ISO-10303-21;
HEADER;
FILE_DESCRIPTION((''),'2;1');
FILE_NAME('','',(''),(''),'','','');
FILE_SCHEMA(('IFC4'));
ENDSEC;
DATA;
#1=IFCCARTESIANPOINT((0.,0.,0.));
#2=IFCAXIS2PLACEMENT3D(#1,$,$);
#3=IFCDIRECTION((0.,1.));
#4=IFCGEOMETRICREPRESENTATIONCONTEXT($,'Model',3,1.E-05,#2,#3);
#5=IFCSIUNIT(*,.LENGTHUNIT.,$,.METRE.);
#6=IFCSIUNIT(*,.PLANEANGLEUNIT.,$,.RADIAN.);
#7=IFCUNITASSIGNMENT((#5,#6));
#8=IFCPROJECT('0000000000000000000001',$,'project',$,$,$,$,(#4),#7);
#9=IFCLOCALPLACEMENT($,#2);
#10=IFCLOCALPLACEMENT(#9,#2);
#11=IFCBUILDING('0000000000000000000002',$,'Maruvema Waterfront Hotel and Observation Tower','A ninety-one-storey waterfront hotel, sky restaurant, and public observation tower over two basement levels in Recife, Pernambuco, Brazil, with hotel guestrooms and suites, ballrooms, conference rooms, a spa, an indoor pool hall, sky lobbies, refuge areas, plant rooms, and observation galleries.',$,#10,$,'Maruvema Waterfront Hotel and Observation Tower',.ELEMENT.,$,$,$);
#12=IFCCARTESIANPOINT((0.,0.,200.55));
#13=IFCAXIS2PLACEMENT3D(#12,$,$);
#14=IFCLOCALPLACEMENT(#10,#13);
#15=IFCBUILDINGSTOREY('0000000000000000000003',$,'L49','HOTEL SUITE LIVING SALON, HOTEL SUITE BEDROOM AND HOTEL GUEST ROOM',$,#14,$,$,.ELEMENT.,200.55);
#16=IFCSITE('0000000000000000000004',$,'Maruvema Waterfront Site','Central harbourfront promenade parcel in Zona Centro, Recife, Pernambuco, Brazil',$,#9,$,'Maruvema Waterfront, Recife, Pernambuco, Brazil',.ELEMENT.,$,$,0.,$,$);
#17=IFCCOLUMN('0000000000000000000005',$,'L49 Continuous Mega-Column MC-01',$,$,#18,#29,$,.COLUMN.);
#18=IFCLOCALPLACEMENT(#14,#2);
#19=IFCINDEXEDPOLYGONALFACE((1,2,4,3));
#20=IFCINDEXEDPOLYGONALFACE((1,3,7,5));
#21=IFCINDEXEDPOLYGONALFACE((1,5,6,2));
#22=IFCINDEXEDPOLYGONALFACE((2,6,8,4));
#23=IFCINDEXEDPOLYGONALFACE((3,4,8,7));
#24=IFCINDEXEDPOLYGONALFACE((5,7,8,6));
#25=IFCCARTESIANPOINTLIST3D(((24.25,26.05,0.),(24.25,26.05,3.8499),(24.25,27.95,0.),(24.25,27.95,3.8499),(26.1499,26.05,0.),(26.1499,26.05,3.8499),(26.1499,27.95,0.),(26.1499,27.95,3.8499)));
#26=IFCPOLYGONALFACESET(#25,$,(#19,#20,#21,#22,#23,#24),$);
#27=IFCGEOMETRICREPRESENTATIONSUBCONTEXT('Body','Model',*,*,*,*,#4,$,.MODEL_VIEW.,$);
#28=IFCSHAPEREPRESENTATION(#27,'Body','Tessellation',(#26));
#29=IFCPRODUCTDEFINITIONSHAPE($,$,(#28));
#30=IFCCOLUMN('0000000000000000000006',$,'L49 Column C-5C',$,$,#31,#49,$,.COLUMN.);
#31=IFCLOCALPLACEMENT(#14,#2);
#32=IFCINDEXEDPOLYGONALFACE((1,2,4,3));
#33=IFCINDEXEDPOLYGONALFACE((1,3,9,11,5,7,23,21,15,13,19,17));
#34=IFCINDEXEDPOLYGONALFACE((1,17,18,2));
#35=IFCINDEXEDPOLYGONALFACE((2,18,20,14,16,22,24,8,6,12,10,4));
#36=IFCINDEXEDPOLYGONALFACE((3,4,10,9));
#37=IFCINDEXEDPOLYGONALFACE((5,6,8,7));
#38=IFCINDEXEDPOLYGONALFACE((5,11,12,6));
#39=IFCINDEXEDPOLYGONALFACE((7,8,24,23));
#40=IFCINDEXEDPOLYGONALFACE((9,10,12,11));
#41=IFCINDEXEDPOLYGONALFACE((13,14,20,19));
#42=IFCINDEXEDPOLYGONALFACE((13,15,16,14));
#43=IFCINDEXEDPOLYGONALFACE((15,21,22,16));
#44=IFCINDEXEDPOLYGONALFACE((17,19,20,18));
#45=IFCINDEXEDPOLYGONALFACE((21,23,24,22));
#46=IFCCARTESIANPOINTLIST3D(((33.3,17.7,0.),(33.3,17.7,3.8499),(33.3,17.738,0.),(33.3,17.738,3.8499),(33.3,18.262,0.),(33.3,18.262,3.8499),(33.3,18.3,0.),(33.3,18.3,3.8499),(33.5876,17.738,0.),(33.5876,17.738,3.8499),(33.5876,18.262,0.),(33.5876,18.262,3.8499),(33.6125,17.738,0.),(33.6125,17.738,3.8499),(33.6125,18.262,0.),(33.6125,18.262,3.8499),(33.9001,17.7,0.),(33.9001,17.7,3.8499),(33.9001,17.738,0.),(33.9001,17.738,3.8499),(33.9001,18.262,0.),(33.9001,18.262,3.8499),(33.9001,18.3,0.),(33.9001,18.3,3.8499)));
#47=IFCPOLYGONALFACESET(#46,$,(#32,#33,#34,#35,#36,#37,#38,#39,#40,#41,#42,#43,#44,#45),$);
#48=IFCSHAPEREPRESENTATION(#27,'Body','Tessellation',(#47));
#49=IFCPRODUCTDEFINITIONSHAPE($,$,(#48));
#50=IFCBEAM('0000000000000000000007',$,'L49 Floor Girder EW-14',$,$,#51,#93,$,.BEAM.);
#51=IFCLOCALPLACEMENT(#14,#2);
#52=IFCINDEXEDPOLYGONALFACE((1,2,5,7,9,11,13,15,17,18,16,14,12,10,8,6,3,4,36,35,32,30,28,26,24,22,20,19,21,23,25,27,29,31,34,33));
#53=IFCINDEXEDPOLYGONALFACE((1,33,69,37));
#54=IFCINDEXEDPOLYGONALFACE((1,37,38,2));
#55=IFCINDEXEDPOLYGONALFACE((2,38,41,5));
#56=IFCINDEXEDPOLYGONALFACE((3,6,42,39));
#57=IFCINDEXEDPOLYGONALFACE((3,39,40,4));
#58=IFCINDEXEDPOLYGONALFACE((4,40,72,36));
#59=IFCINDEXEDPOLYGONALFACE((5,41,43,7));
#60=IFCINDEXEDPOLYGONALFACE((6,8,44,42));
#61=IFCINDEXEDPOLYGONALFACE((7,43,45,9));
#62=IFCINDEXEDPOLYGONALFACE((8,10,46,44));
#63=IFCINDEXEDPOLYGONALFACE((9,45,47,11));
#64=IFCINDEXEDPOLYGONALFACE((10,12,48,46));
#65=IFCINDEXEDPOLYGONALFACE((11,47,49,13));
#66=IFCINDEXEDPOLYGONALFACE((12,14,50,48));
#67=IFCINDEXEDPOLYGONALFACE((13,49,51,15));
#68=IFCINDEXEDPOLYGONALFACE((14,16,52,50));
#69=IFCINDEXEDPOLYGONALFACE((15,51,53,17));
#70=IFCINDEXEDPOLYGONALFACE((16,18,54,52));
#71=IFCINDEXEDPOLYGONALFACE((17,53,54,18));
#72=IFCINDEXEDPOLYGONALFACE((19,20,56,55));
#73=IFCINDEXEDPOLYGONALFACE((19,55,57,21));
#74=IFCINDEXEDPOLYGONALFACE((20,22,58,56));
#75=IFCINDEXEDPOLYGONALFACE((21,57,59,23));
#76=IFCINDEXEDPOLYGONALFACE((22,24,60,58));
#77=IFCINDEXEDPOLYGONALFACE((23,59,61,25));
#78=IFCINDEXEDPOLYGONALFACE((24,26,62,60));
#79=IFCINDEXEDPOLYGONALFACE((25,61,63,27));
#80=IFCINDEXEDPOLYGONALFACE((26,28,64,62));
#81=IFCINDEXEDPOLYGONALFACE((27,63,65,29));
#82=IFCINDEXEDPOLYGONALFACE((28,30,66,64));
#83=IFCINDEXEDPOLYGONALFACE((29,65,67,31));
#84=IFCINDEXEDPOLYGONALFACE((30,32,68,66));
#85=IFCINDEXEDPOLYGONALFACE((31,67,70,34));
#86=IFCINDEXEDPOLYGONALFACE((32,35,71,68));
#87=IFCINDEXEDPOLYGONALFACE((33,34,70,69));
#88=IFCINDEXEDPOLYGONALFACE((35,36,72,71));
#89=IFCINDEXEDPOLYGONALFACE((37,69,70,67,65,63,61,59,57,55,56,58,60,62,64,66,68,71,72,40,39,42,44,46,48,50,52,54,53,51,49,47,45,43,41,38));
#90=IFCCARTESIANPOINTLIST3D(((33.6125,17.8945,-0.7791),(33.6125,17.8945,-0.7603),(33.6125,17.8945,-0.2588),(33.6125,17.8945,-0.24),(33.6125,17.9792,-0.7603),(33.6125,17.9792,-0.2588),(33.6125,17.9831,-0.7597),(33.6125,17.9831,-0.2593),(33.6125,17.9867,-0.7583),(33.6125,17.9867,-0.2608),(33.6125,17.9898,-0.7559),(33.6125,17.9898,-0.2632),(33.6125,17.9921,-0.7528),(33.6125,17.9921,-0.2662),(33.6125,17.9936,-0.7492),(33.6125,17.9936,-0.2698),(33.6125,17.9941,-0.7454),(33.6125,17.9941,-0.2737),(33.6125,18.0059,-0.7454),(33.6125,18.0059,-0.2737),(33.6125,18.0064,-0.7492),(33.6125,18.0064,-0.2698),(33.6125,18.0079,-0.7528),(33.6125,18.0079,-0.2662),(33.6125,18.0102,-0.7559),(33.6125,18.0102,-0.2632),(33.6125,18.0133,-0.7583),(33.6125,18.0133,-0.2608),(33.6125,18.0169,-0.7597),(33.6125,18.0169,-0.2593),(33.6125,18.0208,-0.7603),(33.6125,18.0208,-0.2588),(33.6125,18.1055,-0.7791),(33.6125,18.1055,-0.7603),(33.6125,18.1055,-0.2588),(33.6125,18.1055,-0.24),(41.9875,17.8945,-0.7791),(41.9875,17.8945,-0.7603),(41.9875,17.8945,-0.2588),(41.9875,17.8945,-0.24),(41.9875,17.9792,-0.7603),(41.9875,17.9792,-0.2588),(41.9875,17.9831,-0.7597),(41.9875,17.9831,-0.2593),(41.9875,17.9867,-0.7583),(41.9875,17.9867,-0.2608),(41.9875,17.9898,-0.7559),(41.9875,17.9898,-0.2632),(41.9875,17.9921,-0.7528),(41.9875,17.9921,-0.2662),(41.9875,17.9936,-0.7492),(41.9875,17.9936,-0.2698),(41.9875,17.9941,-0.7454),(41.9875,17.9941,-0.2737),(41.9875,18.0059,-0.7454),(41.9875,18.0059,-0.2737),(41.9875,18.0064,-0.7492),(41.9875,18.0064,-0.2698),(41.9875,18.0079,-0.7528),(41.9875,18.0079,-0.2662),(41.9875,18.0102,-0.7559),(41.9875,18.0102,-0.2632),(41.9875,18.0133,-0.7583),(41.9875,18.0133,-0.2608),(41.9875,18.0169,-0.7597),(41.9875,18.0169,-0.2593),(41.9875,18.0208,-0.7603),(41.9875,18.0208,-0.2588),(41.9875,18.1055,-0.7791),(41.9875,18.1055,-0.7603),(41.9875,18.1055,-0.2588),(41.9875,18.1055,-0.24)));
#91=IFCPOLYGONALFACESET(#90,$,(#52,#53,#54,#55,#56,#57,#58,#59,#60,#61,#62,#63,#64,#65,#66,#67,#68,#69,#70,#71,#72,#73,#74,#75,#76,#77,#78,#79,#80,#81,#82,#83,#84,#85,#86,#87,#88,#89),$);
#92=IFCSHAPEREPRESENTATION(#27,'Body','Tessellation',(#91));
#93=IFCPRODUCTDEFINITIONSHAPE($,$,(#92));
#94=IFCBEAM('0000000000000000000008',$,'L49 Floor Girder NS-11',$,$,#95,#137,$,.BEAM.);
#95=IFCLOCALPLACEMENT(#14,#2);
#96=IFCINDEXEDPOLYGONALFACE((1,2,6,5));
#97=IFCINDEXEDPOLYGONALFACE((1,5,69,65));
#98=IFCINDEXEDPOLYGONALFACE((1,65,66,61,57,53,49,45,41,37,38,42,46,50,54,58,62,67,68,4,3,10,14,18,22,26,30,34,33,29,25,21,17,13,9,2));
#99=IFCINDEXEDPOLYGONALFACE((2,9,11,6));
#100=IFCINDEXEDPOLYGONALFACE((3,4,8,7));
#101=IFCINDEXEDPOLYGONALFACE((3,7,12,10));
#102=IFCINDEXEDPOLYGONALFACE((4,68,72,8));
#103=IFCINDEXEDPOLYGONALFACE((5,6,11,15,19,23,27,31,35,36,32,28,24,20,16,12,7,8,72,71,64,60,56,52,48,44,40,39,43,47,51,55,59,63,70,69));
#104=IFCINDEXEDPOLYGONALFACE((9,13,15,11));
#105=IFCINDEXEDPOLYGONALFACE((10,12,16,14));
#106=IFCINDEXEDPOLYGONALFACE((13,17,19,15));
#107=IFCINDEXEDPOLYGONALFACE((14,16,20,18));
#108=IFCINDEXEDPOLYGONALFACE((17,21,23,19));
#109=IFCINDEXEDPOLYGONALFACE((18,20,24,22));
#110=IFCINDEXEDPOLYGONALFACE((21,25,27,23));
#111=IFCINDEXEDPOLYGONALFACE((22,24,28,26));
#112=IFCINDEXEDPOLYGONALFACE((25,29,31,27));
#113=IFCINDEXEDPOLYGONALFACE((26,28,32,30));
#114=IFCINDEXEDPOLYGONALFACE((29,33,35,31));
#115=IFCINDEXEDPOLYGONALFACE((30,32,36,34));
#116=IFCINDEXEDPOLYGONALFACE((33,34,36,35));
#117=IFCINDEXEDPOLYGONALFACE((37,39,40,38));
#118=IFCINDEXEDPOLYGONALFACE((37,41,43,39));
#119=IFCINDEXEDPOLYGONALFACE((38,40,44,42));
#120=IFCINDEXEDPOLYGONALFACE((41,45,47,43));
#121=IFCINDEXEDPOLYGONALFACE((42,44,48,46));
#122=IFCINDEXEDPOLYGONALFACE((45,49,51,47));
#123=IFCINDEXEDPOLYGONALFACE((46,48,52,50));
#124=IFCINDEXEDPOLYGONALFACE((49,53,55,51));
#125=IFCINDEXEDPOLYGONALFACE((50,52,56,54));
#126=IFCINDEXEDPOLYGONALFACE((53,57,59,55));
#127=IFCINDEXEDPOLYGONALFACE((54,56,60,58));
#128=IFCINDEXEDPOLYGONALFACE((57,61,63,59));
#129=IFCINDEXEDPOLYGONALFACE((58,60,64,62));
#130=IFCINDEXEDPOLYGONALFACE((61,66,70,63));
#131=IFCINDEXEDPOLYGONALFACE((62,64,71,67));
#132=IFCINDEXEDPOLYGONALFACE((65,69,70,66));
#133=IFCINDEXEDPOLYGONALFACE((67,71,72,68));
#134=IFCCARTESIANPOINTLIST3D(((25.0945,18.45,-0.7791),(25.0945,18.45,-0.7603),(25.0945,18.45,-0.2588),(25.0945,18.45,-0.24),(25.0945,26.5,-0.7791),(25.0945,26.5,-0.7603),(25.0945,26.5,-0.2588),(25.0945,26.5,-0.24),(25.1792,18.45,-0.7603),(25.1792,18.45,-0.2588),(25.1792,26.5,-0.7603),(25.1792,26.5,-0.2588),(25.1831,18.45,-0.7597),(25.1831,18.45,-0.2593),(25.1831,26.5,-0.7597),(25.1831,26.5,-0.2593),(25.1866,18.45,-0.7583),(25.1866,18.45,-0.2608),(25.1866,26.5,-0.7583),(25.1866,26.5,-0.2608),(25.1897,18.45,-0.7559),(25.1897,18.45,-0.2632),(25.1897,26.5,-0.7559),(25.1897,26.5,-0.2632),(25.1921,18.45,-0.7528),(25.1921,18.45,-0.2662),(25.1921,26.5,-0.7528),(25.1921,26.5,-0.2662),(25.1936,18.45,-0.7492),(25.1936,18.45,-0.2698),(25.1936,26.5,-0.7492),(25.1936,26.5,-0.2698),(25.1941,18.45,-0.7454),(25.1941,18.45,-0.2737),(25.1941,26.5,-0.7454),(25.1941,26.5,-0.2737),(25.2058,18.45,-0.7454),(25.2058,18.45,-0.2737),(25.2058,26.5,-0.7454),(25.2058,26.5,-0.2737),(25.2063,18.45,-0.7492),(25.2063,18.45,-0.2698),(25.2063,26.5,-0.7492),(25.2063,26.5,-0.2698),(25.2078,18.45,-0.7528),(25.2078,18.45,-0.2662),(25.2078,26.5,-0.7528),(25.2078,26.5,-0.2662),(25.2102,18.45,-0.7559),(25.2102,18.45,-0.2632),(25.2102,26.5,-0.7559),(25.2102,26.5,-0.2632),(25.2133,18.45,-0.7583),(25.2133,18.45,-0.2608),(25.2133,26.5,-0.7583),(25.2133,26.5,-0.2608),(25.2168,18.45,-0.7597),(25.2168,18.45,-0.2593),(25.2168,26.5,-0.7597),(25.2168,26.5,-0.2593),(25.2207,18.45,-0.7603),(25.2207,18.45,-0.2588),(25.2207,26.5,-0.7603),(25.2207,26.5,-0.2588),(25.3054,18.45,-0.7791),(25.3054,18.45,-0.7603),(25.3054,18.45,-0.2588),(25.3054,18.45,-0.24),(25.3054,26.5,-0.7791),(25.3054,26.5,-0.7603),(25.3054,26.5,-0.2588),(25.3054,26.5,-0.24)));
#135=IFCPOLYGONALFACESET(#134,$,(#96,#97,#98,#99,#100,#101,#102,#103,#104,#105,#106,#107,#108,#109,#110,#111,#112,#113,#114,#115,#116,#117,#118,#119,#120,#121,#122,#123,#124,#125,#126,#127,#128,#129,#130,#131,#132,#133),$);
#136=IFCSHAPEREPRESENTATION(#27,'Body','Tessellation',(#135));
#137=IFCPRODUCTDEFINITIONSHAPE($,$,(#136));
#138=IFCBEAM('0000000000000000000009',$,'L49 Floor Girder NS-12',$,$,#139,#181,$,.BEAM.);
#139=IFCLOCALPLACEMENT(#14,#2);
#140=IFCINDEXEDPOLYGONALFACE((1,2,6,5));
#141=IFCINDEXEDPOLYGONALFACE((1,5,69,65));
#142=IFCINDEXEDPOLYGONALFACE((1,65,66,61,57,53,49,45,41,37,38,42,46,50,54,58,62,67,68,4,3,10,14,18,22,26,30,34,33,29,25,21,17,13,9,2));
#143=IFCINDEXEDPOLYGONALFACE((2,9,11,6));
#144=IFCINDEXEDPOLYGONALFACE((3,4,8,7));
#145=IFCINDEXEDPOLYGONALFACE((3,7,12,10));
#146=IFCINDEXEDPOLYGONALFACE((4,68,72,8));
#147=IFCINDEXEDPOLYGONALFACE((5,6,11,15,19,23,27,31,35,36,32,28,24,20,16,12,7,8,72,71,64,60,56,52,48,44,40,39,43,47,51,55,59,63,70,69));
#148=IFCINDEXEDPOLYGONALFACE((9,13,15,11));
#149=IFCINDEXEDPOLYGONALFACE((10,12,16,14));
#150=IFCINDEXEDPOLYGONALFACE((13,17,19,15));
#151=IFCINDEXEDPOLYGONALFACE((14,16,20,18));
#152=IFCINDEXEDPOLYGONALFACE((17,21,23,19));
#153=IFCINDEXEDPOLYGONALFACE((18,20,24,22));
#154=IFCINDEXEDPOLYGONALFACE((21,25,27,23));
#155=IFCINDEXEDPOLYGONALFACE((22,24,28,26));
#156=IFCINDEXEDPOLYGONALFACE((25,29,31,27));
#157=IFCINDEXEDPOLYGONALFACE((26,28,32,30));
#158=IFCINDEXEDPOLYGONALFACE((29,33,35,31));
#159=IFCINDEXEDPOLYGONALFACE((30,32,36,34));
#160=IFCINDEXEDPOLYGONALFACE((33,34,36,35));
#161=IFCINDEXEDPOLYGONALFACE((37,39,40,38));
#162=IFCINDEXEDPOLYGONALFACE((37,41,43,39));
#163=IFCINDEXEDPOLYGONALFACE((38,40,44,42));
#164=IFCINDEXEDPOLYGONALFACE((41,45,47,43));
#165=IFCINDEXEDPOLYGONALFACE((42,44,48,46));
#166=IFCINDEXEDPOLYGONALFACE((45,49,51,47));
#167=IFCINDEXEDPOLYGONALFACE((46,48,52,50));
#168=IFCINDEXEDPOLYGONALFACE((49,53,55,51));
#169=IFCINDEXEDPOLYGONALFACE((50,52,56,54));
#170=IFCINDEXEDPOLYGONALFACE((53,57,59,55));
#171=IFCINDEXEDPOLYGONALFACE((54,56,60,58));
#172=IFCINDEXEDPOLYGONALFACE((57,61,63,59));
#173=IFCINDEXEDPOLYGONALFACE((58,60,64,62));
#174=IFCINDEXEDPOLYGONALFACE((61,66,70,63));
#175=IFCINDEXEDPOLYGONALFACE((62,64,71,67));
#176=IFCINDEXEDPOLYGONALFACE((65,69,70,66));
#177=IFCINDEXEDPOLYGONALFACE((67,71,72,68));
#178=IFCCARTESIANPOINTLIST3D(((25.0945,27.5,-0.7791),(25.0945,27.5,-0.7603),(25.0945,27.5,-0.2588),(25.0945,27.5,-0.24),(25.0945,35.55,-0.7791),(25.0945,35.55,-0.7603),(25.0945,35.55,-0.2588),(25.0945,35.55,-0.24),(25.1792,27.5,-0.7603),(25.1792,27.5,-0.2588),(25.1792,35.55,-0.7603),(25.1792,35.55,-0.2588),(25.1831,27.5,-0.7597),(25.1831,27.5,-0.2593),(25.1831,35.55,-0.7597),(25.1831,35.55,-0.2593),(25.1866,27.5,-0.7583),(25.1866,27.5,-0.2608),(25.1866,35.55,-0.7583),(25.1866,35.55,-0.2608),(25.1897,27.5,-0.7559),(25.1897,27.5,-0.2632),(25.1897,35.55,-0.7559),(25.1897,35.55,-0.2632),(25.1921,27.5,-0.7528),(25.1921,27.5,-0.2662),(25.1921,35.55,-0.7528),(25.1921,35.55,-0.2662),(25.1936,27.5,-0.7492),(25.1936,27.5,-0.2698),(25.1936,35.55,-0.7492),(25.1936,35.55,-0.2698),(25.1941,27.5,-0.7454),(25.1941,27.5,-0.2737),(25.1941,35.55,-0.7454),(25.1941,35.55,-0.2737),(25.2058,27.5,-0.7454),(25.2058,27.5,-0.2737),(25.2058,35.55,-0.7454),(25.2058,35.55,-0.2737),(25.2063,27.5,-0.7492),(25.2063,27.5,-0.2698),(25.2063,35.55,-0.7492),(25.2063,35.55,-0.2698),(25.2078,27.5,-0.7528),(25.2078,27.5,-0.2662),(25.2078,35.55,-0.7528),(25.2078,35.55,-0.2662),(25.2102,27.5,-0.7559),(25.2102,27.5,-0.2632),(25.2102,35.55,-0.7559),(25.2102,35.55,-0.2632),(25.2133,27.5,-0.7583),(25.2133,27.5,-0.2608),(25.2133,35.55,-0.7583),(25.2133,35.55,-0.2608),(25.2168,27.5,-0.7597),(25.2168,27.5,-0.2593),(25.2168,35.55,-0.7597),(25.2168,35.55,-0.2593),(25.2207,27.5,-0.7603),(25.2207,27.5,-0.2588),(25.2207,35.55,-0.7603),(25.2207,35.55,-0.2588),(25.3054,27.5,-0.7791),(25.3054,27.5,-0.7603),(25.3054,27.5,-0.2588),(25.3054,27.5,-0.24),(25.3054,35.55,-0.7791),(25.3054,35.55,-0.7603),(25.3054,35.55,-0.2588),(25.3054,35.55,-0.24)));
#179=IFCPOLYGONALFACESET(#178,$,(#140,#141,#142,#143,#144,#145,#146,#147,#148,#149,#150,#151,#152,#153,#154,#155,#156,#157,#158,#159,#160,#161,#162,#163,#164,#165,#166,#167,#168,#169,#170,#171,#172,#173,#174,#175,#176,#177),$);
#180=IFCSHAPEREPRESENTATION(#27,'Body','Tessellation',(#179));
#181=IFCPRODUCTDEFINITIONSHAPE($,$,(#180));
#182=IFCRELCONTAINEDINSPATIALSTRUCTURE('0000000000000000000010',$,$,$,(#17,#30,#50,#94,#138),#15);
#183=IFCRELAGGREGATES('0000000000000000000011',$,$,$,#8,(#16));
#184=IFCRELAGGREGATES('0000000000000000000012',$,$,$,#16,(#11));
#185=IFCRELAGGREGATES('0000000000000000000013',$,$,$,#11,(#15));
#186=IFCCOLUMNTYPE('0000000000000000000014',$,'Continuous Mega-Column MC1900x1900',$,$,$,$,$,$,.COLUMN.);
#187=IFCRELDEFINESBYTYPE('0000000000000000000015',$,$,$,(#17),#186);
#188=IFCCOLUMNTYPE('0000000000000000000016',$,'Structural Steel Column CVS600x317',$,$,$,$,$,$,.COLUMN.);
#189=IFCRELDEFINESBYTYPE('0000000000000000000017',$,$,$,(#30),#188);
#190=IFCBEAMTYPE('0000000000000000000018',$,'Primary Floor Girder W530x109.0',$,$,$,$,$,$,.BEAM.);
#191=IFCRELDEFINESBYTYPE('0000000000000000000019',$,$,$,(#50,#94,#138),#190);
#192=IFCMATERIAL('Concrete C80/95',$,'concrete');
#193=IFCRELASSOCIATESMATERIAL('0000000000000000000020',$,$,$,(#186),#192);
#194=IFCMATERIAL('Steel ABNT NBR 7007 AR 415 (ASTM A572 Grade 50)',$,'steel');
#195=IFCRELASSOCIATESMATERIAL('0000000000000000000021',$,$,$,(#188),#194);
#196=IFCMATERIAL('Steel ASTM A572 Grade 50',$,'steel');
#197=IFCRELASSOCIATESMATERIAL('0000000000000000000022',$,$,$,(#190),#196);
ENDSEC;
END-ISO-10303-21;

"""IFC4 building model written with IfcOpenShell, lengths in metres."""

from ifc_helpers import new_model, si_unit, direction, frame, origin, origin_2d, place, context, subcontext, project, spatial, rectangle, i_section, extrude, material, material_profile, profile_set, type_object, element, save


model = new_model("IFC4")

# Units and contexts
model_context = context("Model", 3, precision=1e-05, world=origin(), true_north=direction((0.0, 1.0)))
body_context = subcontext(model_context, "Body", "Model", "MODEL_VIEW")
ifc_project = project(units=[si_unit("LENGTHUNIT", "METRE"), si_unit("PLANEANGLEUNIT", "RADIAN")], contexts=[model_context])

# Site, building, storey
site_placement = place(None, origin())
site = spatial("IfcSite", under=ifc_project, at=site_placement, Name="Maruvema Waterfront Site", Description="Central harbourfront promenade parcel in Zona Centro, Recife, Pernambuco, Brazil", LongName="Maruvema Waterfront, Recife, Pernambuco, Brazil", CompositionType="ELEMENT", RefElevation=0.0)
building_placement = place(site_placement, origin())
building = spatial("IfcBuilding", under=site, at=building_placement, Name="Maruvema Waterfront Hotel and Observation Tower", Description="A ninety-one-storey waterfront hotel, sky restaurant, and public observation tower over two basement levels in Recife, Pernambuco, Brazil, with hotel guestrooms and suites, ballrooms, conference rooms, a spa, an indoor pool hall, sky lobbies, refuge areas, plant rooms, and observation galleries.", LongName="Maruvema Waterfront Hotel and Observation Tower", CompositionType="ELEMENT")
storey_placement = place(building_placement, frame((0.0, 0.0, 200.55)))
storey = spatial("IfcBuildingStorey", under=building, at=storey_placement, Name="L49", Description="HOTEL SUITE LIVING SALON, HOTEL SUITE BEDROOM AND HOTEL GUEST ROOM", CompositionType="ELEMENT", Elevation=200.55)

# Columns
ifc_material_1 = material(Name="Concrete C80/95", Category="concrete")
ifc_material_profile_1 = material_profile(ifc_material_1, rectangle(XDim=1.8999, YDim=1.8999, at=origin_2d()), Name="MC1900x1900")
ifc_profile_set_1 = profile_set([ifc_material_profile_1], Name="Concrete C80/95")
column_type_1 = type_object("IfcColumnType", Name="Continuous Mega-Column MC1900x1900", PredefinedType="COLUMN", material=ifc_profile_set_1)
column_1_placement = place(storey_placement, frame((25.2, 27.0, 0.0), z_axis=(0.0, 0.0, 1.0), x_axis=(1.0, 0.0, 0.0)))
element("IfcColumn", 1, at=column_1_placement, inside=storey, type_object=column_type_1, Name="L49 Continuous Mega-Column MC-01", PredefinedType="COLUMN", context=body_context, shape_type="SweptSolid", body=[
    extrude(rectangle(XDim=1.8999, YDim=1.8999, at=origin_2d()), origin(), (0.0, 0.0, 1.0), 3.8499),
])
ifc_material_2 = material(Name="Steel ABNT NBR 7007 AR 415 (ASTM A572 Grade 50)", Category="steel")
ifc_material_profile_2 = material_profile(ifc_material_2, i_section(OverallWidth=0.6001, OverallDepth=0.6001, WebThickness=0.0249, FlangeThickness=0.0381, at=origin_2d()), Name="CVS600x317")
ifc_profile_set_2 = profile_set([ifc_material_profile_2], Name="Steel ABNT NBR 7007 AR 415 (ASTM A572 Grade 50)")
column_type_2 = type_object("IfcColumnType", Name="Structural Steel Column CVS600x317", PredefinedType="COLUMN", material=ifc_profile_set_2)
column_2_placement = place(storey_placement, frame((33.6001, 18.0, 0.0), z_axis=(0.0, 0.0, 1.0), x_axis=(1.0, 0.0, 0.0)))
element("IfcColumn", 2, at=column_2_placement, inside=storey, type_object=column_type_2, Name="L49 Column C-5C", PredefinedType="COLUMN", context=body_context, shape_type="SweptSolid", body=[
    extrude(i_section(OverallWidth=0.6001, OverallDepth=0.6001, WebThickness=0.0249, FlangeThickness=0.0381, at=origin_2d()), origin(), (0.0, 0.0, 1.0), 3.8499),
])

# Beams
ifc_material_3 = material(Name="Steel ASTM A572 Grade 50", Category="steel")
ifc_material_profile_3 = material_profile(ifc_material_3, i_section(OverallWidth=0.2109, OverallDepth=0.5391, WebThickness=0.0117, FlangeThickness=0.0188, FilletRadius=0.0149, at=origin_2d()), Name="W530x109.0")
ifc_profile_set_3 = profile_set([ifc_material_profile_3], Name="Steel ASTM A572 Grade 50")
beam_type_1 = type_object("IfcBeamType", Name="Primary Floor Girder W530x109.0", PredefinedType="BEAM", material=ifc_profile_set_3)
beam_1_placement = place(storey_placement, frame((33.6125, 18.0, -0.5095), z_axis=(1.0, 0.0, 0.0), x_axis=(0.0, 1.0, 0.0)))
element("IfcBeam", 3, at=beam_1_placement, inside=storey, type_object=beam_type_1, Name="L49 Floor Girder EW-14", PredefinedType="BEAM", context=body_context, shape_type="SweptSolid", body=[
    extrude(i_section(OverallWidth=0.2109, OverallDepth=0.5391, WebThickness=0.0117, FlangeThickness=0.0188, FilletRadius=0.0149, at=origin_2d()), origin(), (0.0, 0.0, 1.0), 8.375),
])
for number, where, z_axis, x_axis, name in (
    (4, (25.2, 18.45, -0.5095), (0.0, 1.0, 0.0), (-1.0, 0.0, 0.0), "L49 Floor Girder NS-11"),
    (5, (25.2, 27.5, -0.5095), (0.0, 1.0, 0.0), (-1.0, 0.0, 0.0), "L49 Floor Girder NS-12"),
):
    element("IfcBeam", number, at=place(storey_placement, frame(where, z_axis=z_axis, x_axis=x_axis)), inside=storey, type_object=beam_type_1, Name=name, PredefinedType="BEAM", context=body_context, shape_type="SweptSolid", body=[
        extrude(i_section(OverallWidth=0.2109, OverallDepth=0.5391, WebThickness=0.0117, FlangeThickness=0.0188, FilletRadius=0.0149, at=origin_2d()), origin(), (0.0, 0.0, 1.0), 8.05),
    ])

save(model, "model.ifc")
